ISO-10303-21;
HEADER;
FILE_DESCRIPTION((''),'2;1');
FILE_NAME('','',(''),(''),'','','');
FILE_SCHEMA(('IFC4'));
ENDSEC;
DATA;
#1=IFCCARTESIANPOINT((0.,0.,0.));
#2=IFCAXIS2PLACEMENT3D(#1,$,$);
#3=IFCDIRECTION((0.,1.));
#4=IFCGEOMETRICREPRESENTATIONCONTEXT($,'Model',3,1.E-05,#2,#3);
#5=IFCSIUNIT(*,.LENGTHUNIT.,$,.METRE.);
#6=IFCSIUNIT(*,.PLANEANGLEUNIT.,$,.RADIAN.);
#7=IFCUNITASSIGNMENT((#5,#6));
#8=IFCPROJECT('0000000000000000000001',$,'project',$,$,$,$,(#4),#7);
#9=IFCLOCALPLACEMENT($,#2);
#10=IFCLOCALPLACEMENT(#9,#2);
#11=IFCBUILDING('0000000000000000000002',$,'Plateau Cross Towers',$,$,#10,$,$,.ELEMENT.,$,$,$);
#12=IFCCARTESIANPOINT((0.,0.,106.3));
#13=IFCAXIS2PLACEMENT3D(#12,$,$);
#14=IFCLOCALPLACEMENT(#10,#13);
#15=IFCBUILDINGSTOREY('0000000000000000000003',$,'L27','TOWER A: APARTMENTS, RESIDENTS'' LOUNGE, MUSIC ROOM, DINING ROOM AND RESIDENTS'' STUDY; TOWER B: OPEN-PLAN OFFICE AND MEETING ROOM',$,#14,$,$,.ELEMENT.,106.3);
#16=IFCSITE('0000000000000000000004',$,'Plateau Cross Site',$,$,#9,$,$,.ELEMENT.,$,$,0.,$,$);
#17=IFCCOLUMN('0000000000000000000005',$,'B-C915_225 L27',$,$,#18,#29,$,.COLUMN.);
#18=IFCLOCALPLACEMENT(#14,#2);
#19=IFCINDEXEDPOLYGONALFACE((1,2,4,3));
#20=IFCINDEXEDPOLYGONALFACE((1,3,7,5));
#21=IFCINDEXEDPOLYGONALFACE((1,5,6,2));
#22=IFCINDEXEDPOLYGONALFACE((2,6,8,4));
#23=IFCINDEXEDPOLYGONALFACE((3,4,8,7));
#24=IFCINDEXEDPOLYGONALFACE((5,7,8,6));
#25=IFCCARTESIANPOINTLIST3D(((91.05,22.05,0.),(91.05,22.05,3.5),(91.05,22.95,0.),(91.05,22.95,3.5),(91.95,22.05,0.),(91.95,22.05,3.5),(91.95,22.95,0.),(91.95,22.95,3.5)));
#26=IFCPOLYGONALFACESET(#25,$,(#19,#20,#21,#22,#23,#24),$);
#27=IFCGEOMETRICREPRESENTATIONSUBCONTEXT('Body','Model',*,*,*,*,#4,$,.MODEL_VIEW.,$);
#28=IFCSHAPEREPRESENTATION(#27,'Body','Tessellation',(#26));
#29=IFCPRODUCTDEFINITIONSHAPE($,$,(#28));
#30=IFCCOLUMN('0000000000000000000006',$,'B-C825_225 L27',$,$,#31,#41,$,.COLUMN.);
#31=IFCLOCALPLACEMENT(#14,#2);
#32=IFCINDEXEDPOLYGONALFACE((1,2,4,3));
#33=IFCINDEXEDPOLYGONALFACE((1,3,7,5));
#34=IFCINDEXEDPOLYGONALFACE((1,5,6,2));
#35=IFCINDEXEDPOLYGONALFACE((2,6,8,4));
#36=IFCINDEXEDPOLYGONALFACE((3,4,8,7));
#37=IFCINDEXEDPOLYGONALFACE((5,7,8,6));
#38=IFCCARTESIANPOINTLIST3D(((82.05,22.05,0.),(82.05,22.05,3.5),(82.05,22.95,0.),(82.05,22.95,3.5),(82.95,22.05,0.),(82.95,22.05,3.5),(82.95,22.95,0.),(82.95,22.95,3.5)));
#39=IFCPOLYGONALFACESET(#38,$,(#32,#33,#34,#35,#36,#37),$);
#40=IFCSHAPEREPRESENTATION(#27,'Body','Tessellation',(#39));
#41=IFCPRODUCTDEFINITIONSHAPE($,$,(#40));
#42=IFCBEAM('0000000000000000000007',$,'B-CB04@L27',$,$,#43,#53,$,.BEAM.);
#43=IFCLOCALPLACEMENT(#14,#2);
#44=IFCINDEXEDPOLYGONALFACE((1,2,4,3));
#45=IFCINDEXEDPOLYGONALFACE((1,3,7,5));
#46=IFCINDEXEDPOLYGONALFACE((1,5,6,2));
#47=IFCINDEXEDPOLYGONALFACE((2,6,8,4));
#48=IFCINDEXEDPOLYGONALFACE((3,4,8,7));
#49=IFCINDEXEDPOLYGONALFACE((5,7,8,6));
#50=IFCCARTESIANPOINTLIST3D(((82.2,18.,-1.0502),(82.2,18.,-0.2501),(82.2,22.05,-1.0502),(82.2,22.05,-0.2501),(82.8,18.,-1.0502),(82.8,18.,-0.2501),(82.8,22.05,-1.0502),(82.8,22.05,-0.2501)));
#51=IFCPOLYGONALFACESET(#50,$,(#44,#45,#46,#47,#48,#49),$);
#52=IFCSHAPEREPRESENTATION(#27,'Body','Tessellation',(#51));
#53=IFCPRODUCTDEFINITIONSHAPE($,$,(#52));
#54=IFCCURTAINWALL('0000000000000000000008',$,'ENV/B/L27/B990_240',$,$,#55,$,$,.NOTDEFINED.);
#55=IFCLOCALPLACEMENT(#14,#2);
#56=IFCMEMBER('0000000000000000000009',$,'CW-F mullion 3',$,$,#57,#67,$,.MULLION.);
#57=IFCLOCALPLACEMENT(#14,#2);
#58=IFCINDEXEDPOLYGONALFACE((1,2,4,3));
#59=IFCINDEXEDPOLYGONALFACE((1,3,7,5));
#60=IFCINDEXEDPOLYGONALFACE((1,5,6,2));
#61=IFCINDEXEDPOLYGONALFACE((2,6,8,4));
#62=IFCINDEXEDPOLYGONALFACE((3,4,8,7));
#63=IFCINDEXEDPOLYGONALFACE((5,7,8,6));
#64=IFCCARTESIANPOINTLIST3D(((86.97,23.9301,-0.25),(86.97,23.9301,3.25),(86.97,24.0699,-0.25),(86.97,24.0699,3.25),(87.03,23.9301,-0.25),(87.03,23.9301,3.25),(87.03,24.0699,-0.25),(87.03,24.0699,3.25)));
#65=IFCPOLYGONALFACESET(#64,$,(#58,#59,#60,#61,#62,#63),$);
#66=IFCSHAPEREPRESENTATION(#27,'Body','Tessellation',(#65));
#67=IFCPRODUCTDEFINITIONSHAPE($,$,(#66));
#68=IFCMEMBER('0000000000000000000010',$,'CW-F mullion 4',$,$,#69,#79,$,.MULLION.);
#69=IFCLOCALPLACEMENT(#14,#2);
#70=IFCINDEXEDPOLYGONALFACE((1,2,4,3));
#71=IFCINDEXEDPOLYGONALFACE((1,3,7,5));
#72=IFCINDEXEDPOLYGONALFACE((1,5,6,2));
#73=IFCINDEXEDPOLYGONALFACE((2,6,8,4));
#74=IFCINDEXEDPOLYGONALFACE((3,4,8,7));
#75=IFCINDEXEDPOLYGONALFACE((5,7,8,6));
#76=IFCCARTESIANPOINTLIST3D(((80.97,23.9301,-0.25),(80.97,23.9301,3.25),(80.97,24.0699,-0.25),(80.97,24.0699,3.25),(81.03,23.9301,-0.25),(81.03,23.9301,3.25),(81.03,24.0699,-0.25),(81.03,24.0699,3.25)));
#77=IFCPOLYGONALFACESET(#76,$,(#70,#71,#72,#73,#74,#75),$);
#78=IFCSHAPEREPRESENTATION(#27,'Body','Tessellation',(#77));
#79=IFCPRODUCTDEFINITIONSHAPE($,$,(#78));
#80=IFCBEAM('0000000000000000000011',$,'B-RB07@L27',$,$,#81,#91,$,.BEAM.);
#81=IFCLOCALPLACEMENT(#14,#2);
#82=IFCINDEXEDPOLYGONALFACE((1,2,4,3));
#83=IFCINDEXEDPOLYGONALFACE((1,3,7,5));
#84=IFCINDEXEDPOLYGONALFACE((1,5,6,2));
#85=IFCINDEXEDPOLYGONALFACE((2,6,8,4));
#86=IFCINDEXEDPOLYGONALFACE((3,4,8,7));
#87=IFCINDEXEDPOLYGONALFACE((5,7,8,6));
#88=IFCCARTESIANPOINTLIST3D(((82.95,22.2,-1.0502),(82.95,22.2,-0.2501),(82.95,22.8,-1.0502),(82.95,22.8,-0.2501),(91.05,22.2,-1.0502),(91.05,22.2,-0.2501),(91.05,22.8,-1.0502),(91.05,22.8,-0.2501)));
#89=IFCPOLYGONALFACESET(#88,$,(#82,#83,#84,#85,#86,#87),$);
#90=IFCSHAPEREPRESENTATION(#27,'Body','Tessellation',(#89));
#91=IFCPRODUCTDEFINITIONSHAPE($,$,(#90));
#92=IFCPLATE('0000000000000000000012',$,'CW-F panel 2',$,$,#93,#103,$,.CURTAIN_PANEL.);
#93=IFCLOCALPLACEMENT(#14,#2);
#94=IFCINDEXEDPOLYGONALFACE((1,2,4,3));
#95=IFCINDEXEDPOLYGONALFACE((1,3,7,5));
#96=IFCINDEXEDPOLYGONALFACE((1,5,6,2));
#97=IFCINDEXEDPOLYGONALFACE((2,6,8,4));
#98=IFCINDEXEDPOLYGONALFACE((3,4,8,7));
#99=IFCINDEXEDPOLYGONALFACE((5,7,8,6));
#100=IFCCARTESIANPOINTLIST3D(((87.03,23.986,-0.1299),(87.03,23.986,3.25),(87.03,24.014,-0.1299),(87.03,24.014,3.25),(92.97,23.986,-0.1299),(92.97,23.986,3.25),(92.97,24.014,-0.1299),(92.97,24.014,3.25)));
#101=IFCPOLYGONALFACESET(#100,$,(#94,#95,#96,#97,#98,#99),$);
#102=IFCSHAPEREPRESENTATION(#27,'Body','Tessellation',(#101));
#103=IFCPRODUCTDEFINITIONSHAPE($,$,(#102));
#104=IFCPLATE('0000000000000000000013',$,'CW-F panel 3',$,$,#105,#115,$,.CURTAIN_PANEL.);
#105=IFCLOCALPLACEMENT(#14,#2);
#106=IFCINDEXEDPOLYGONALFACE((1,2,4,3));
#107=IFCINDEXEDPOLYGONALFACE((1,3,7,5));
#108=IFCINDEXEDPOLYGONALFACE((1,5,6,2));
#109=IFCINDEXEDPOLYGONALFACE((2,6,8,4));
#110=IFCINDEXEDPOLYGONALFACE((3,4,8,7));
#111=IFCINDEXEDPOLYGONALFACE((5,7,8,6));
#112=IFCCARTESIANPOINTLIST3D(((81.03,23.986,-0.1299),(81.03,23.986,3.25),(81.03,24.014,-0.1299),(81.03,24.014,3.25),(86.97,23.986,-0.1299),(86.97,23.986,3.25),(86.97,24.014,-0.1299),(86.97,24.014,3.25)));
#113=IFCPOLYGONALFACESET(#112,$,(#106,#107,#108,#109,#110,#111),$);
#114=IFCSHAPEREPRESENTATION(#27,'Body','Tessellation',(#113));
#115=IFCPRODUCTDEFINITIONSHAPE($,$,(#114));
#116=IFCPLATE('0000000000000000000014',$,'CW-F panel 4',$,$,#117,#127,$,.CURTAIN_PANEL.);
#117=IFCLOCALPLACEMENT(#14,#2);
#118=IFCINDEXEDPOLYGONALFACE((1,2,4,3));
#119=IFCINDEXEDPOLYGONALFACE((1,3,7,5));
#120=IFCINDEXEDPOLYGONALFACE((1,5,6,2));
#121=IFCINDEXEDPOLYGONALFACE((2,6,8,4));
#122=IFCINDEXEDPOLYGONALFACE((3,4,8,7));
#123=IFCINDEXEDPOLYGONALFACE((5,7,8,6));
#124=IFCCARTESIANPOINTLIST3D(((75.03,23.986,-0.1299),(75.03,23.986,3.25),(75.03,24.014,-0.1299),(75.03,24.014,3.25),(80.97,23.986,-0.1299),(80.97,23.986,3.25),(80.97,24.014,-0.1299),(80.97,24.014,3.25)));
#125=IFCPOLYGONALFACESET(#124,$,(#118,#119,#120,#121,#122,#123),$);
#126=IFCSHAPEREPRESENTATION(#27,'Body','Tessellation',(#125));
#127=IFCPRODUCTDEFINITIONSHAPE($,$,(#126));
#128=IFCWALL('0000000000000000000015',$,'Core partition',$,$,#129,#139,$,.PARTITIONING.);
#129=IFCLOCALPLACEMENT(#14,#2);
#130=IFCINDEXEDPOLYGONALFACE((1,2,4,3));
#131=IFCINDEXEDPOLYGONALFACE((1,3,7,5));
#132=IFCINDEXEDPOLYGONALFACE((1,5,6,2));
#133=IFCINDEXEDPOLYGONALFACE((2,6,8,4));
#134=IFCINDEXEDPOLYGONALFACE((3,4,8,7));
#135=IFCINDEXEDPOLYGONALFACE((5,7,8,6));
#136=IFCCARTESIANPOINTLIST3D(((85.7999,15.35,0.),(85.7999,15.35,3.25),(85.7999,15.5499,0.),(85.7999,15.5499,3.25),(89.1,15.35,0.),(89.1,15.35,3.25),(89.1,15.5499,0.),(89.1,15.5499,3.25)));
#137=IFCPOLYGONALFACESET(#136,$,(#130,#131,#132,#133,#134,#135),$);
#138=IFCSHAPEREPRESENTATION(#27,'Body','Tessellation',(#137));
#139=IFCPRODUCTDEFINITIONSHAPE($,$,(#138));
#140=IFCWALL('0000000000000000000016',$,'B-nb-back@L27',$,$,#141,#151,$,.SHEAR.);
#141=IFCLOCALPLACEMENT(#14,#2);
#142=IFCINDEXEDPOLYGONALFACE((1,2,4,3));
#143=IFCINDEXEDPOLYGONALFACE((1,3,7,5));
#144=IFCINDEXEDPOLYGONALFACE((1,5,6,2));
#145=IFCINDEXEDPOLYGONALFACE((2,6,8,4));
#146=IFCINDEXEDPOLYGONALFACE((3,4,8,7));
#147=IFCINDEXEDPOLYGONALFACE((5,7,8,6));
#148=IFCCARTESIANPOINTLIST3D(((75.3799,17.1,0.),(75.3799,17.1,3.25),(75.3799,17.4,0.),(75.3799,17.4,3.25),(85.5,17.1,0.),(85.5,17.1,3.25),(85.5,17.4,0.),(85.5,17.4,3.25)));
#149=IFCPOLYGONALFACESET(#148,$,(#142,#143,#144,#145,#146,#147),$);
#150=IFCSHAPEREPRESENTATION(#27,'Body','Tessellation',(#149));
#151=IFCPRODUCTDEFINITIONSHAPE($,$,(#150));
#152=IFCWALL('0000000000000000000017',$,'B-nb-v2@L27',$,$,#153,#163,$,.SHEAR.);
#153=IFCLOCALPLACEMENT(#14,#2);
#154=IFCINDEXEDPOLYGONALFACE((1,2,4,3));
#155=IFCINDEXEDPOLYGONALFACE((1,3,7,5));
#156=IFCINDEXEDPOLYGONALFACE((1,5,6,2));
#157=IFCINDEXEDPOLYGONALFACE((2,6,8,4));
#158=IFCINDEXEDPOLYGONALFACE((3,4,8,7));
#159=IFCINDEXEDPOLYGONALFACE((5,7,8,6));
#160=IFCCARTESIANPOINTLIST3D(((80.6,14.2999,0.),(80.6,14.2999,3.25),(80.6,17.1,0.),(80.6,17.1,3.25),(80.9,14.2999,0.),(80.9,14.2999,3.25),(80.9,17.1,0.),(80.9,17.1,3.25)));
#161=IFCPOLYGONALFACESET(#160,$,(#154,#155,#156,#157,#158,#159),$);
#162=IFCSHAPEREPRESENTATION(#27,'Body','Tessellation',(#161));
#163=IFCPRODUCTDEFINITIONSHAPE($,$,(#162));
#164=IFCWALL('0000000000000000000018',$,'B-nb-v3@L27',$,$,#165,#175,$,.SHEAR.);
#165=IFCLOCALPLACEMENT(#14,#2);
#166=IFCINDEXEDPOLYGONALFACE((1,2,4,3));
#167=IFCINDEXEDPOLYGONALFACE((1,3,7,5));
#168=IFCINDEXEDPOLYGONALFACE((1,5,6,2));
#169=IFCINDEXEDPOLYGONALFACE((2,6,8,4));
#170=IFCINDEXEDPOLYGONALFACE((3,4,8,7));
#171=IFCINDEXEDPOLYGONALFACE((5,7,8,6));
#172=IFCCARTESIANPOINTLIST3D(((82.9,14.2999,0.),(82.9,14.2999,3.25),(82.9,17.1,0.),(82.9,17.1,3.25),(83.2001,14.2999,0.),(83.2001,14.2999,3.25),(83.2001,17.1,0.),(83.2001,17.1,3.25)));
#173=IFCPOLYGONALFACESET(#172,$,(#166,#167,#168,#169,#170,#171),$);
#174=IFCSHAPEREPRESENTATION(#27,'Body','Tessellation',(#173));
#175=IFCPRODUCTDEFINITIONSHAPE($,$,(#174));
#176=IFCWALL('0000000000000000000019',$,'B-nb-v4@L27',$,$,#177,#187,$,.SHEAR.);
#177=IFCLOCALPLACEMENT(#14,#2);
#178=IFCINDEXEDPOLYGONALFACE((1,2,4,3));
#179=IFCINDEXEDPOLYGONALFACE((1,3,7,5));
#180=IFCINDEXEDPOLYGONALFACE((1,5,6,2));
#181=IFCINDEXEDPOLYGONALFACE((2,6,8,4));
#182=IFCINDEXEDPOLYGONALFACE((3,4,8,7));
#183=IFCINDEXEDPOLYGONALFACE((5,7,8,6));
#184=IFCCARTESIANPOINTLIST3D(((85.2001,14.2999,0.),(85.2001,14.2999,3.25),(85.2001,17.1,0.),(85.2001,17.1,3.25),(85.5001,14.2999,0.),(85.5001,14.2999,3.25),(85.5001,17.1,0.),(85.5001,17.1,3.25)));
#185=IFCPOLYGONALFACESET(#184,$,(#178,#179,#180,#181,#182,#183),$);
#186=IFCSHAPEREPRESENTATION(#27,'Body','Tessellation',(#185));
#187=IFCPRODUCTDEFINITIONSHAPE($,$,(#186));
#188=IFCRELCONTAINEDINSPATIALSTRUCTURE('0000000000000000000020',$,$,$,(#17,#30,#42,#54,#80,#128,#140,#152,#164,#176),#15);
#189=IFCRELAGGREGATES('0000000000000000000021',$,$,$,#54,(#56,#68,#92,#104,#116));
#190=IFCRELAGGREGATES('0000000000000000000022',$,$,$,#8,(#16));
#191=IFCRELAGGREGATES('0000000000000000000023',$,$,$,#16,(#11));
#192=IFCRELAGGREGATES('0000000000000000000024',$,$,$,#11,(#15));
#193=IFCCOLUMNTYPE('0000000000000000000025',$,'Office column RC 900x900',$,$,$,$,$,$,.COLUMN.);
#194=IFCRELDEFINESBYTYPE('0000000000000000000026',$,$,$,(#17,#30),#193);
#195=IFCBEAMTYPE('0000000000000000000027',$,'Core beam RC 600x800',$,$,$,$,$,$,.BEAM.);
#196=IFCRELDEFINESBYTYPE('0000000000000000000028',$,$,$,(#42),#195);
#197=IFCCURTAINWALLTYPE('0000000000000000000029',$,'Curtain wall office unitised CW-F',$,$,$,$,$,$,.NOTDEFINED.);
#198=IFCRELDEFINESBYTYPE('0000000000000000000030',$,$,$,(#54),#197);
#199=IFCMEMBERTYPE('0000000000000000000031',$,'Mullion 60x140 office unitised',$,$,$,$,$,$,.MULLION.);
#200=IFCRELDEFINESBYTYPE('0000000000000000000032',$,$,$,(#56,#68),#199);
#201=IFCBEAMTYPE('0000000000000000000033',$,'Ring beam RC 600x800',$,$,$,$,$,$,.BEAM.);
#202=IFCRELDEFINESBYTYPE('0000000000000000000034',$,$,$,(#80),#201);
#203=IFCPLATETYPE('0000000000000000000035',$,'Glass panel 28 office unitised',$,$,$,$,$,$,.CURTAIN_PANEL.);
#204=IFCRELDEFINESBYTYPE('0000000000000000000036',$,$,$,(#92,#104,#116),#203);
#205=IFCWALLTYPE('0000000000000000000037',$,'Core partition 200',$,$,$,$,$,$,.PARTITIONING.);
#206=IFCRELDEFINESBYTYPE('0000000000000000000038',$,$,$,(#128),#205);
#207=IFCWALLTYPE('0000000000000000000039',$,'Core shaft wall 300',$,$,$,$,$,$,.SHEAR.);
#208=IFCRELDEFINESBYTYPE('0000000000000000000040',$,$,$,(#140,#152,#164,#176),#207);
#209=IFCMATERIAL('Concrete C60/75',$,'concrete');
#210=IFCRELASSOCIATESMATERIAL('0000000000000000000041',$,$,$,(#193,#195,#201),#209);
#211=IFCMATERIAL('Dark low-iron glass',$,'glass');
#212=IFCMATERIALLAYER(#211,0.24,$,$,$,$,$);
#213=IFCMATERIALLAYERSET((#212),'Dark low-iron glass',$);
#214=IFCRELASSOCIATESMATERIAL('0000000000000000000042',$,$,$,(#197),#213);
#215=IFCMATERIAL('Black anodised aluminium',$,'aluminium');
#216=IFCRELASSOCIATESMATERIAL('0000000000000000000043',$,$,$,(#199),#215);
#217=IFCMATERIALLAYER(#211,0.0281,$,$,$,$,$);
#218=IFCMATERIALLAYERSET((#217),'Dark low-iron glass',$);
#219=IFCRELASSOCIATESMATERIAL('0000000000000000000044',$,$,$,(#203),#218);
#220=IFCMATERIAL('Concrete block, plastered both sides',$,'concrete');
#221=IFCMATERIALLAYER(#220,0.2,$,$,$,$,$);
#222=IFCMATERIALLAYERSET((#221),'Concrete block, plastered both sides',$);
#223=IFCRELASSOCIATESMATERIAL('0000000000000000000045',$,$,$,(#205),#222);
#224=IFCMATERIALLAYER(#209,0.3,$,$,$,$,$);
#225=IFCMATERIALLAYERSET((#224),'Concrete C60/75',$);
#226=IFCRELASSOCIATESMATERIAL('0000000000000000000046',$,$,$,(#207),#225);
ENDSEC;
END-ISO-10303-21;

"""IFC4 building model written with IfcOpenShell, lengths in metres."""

from ifc_helpers import new_model, si_unit, direction, frame, frame_2d, origin, origin_2d, place, context, subcontext, project, spatial, rectangle, extrude, material, layer, layer_set, material_profile, profile_set, type_object, element, aggregate, save


model = new_model("IFC4")

# Units and contexts
model_context = context("Model", 3, precision=1e-05, world=origin(), true_north=direction((0.0, 1.0)))
body_context = subcontext(model_context, "Body", "Model", "MODEL_VIEW")
ifc_project = project(units=[si_unit("LENGTHUNIT", "METRE"), si_unit("PLANEANGLEUNIT", "RADIAN")], contexts=[model_context])

# Site, building, storey
site_placement = place(None, origin())
site = spatial("IfcSite", under=ifc_project, at=site_placement, Name="Plateau Cross Site", CompositionType="ELEMENT", RefElevation=0.0)
building_placement = place(site_placement, origin())
building = spatial("IfcBuilding", under=site, at=building_placement, Name="Plateau Cross Towers", CompositionType="ELEMENT")
storey_placement = place(building_placement, frame((0.0, 0.0, 106.3)))
storey = spatial("IfcBuildingStorey", under=building, at=storey_placement, Name="L27", Description="TOWER A: APARTMENTS, RESIDENTS' LOUNGE, MUSIC ROOM, DINING ROOM AND RESIDENTS' STUDY; TOWER B: OPEN-PLAN OFFICE AND MEETING ROOM", CompositionType="ELEMENT", Elevation=106.3)

# Columns
ifc_material_1 = material(Name="Concrete C60/75", Category="concrete")
ifc_material_profile_1 = material_profile(ifc_material_1, rectangle(XDim=0.8999, YDim=0.8999, at=origin_2d()), Name="RC 900x900")
ifc_profile_set_1 = profile_set([ifc_material_profile_1], Name="Concrete C60/75")
column_type = type_object("IfcColumnType", Name="Office column RC 900x900", PredefinedType="COLUMN", material=ifc_profile_set_1)
for number, where, z_axis, x_axis, name in (
    (1, (91.5, 22.5, 0.0), (0.0, 0.0, 1.0), (1.0, 0.0, 0.0), "B-C915_225 L27"),
    (2, (82.5, 22.5, 0.0), (0.0, 0.0, 1.0), (1.0, 0.0, 0.0), "B-C825_225 L27"),
):
    element("IfcColumn", number, at=place(storey_placement, frame(where, z_axis=z_axis, x_axis=x_axis)), inside=storey, type_object=column_type, Name=name, PredefinedType="COLUMN", context=body_context, shape_type="SweptSolid", body=[
        extrude(rectangle(XDim=0.8999, YDim=0.8999, at=origin_2d()), origin(), (0.0, 0.0, 1.0), 3.5),
    ])

# Beam
ifc_material_profile_2 = material_profile(ifc_material_1, rectangle(XDim=0.6001, YDim=0.8, at=origin_2d()), Name="RC 600x800")
ifc_profile_set_2 = profile_set([ifc_material_profile_2], Name="Concrete C60/75")
beam_type_1 = type_object("IfcBeamType", Name="Core beam RC 600x800", PredefinedType="BEAM", material=ifc_profile_set_2)
beam_1_placement = place(storey_placement, frame((82.5, 18.0, -0.6501), z_axis=(0.0, 1.0, 0.0), x_axis=(-1.0, 0.0, 0.0)))
element("IfcBeam", 3, at=beam_1_placement, inside=storey, type_object=beam_type_1, Name="B-CB04@L27", PredefinedType="BEAM", context=body_context, shape_type="SweptSolid", body=[
    extrude(rectangle(XDim=0.6001, YDim=0.8, at=origin_2d()), origin(), (0.0, 0.0, 1.0), 4.05),
])

# Curtain wall, members
ifc_material_2 = material(Name="Dark low-iron glass", Category="glass")
ifc_layer_1 = layer(ifc_material_2, 0.24)
ifc_layer_set_1 = layer_set([ifc_layer_1], Name="Dark low-iron glass")
curtain_wall_type = type_object("IfcCurtainWallType", Name="Curtain wall office unitised CW-F", PredefinedType="NOTDEFINED", material=ifc_layer_set_1)
curtain_wall_placement = place(storey_placement, origin())
curtain_wall = element("IfcCurtainWall", 4, at=curtain_wall_placement, inside=storey, type_object=curtain_wall_type, Name="ENV/B/L27/B990_240", PredefinedType="NOTDEFINED")
ifc_material_3 = material(Name="Black anodised aluminium", Category="aluminium")
ifc_material_profile_3 = material_profile(ifc_material_3, rectangle(XDim=0.0601, YDim=0.1399, at=origin_2d()), Name="MULLION 60x140")
ifc_profile_set_3 = profile_set([ifc_material_profile_3], Name="Black anodised aluminium")
member_type = type_object("IfcMemberType", Name="Mullion 60x140 office unitised", PredefinedType="MULLION", material=ifc_profile_set_3)
member_1_placement = place(storey_placement, frame((87.0, 24.0, -0.25), z_axis=(0.0, 0.0, 1.0), x_axis=(-1.0, 0.0, 0.0)))
member_1 = element("IfcMember", 5, at=member_1_placement, type_object=member_type, Name="CW-F mullion 3", PredefinedType="MULLION", context=body_context, shape_type="SweptSolid", body=[
    extrude(rectangle(XDim=0.0601, YDim=0.1399, at=origin_2d()), origin(), (0.0, 0.0, 1.0), 3.5),
])
member_2_placement = place(storey_placement, frame((81.0, 24.0, -0.25), z_axis=(0.0, 0.0, 1.0), x_axis=(-1.0, 0.0, 0.0)))
member_2 = element("IfcMember", 6, at=member_2_placement, type_object=member_type, Name="CW-F mullion 4", PredefinedType="MULLION", context=body_context, shape_type="SweptSolid", body=[
    extrude(rectangle(XDim=0.0601, YDim=0.1399, at=origin_2d()), origin(), (0.0, 0.0, 1.0), 3.5),
])

# Beam
ifc_material_profile_4 = material_profile(ifc_material_1, rectangle(XDim=0.6001, YDim=0.8, at=origin_2d()), Name="RC 600x800")
ifc_profile_set_4 = profile_set([ifc_material_profile_4], Name="Concrete C60/75")
beam_type_2 = type_object("IfcBeamType", Name="Ring beam RC 600x800", PredefinedType="BEAM", material=ifc_profile_set_4)
beam_2_placement = place(storey_placement, frame((91.05, 22.5, -0.6501), z_axis=(-1.0, 0.0, 0.0), x_axis=(0.0, -1.0, 0.0)))
element("IfcBeam", 7, at=beam_2_placement, inside=storey, type_object=beam_type_2, Name="B-RB07@L27", PredefinedType="BEAM", context=body_context, shape_type="SweptSolid", body=[
    extrude(rectangle(XDim=0.6001, YDim=0.8, at=origin_2d()), origin(), (0.0, 0.0, 1.0), 8.1001),
])

# Plates
ifc_layer_2 = layer(ifc_material_2, 0.0281)
ifc_layer_set_2 = layer_set([ifc_layer_2], Name="Dark low-iron glass")
plate_type = type_object("IfcPlateType", Name="Glass panel 28 office unitised", PredefinedType="CURTAIN_PANEL", material=ifc_layer_set_2)
plate_1_placement = place(storey_placement, frame((90.0, 24.0, -0.1299), z_axis=(0.0, 0.0, 1.0), x_axis=(-1.0, 0.0, 0.0)))
plate_1 = element("IfcPlate", 8, at=plate_1_placement, type_object=plate_type, Name="CW-F panel 2", PredefinedType="CURTAIN_PANEL", context=body_context, shape_type="SweptSolid", body=[
    extrude(rectangle(XDim=5.9399, YDim=0.0281, at=origin_2d()), origin(), (0.0, 0.0, 1.0), 3.3799),
])
plate_2_placement = place(storey_placement, frame((84.0, 24.0, -0.1299), z_axis=(0.0, 0.0, 1.0), x_axis=(-1.0, 0.0, 0.0)))
plate_2 = element("IfcPlate", 9, at=plate_2_placement, type_object=plate_type, Name="CW-F panel 3", PredefinedType="CURTAIN_PANEL", context=body_context, shape_type="SweptSolid", body=[
    extrude(rectangle(XDim=5.9399, YDim=0.0281, at=origin_2d()), origin(), (0.0, 0.0, 1.0), 3.3799),
])
plate_3_placement = place(storey_placement, frame((78.0, 24.0, -0.1299), z_axis=(0.0, 0.0, 1.0), x_axis=(-1.0, 0.0, 0.0)))
plate_3 = element("IfcPlate", 10, at=plate_3_placement, type_object=plate_type, Name="CW-F panel 4", PredefinedType="CURTAIN_PANEL", context=body_context, shape_type="SweptSolid", body=[
    extrude(rectangle(XDim=5.9399, YDim=0.0281, at=origin_2d()), origin(), (0.0, 0.0, 1.0), 3.3799),
])
aggregate(curtain_wall, [member_1, member_2, plate_1, plate_2, plate_3])

# Walls
ifc_material_4 = material(Name="Concrete block, plastered both sides", Category="concrete")
ifc_layer_3 = layer(ifc_material_4, 0.2)
ifc_layer_set_3 = layer_set([ifc_layer_3], Name="Concrete block, plastered both sides")
wall_type_1 = type_object("IfcWallType", Name="Core partition 200", PredefinedType="PARTITIONING", material=ifc_layer_set_3)
wall_1_placement = place(storey_placement, frame((85.8, 15.45, 0.0), z_axis=(0.0, 0.0, 1.0), x_axis=(1.0, 0.0, 0.0)))
element("IfcWall", 11, at=wall_1_placement, inside=storey, type_object=wall_type_1, Name="Core partition", PredefinedType="PARTITIONING", context=body_context, shape_type="SweptSolid", body=[
    extrude(rectangle(XDim=3.3, YDim=0.2, at=frame_2d((1.6499, 0.0))), origin(), (0.0, 0.0, 1.0), 3.25),
])
ifc_layer_4 = layer(ifc_material_1, 0.3)
ifc_layer_set_4 = layer_set([ifc_layer_4], Name="Concrete C60/75")
wall_type_2 = type_object("IfcWallType", Name="Core shaft wall 300", PredefinedType="SHEAR", material=ifc_layer_set_4)
wall_2_placement = place(storey_placement, frame((75.3799, 17.25, 0.0), z_axis=(0.0, 0.0, 1.0), x_axis=(1.0, 0.0, 0.0)))
element("IfcWall", 12, at=wall_2_placement, inside=storey, type_object=wall_type_2, Name="B-nb-back@L27", PredefinedType="SHEAR", context=body_context, shape_type="SweptSolid", body=[
    extrude(rectangle(XDim=10.1201, YDim=0.3, at=frame_2d((5.0601, 0.0))), origin(), (0.0, 0.0, 1.0), 3.25),
])
for number, where, z_axis, x_axis, name in (
    (13, (80.75, 14.3, 0.0), (0.0, 0.0, 1.0), (0.0, 1.0, 0.0), "B-nb-v2@L27"),
    (14, (83.05, 14.3, 0.0), (0.0, 0.0, 1.0), (0.0, 1.0, 0.0), "B-nb-v3@L27"),
    (15, (85.3501, 14.3, 0.0), (0.0, 0.0, 1.0), (0.0, 1.0, 0.0), "B-nb-v4@L27"),
):
    element("IfcWall", number, at=place(storey_placement, frame(where, z_axis=z_axis, x_axis=x_axis)), inside=storey, type_object=wall_type_2, Name=name, PredefinedType="SHEAR", context=body_context, shape_type="SweptSolid", body=[
        extrude(rectangle(XDim=2.8, YDim=0.3, at=frame_2d((1.3999, 0.0))), origin(), (0.0, 0.0, 1.0), 3.25),
    ])

save(model, "model.ifc")
